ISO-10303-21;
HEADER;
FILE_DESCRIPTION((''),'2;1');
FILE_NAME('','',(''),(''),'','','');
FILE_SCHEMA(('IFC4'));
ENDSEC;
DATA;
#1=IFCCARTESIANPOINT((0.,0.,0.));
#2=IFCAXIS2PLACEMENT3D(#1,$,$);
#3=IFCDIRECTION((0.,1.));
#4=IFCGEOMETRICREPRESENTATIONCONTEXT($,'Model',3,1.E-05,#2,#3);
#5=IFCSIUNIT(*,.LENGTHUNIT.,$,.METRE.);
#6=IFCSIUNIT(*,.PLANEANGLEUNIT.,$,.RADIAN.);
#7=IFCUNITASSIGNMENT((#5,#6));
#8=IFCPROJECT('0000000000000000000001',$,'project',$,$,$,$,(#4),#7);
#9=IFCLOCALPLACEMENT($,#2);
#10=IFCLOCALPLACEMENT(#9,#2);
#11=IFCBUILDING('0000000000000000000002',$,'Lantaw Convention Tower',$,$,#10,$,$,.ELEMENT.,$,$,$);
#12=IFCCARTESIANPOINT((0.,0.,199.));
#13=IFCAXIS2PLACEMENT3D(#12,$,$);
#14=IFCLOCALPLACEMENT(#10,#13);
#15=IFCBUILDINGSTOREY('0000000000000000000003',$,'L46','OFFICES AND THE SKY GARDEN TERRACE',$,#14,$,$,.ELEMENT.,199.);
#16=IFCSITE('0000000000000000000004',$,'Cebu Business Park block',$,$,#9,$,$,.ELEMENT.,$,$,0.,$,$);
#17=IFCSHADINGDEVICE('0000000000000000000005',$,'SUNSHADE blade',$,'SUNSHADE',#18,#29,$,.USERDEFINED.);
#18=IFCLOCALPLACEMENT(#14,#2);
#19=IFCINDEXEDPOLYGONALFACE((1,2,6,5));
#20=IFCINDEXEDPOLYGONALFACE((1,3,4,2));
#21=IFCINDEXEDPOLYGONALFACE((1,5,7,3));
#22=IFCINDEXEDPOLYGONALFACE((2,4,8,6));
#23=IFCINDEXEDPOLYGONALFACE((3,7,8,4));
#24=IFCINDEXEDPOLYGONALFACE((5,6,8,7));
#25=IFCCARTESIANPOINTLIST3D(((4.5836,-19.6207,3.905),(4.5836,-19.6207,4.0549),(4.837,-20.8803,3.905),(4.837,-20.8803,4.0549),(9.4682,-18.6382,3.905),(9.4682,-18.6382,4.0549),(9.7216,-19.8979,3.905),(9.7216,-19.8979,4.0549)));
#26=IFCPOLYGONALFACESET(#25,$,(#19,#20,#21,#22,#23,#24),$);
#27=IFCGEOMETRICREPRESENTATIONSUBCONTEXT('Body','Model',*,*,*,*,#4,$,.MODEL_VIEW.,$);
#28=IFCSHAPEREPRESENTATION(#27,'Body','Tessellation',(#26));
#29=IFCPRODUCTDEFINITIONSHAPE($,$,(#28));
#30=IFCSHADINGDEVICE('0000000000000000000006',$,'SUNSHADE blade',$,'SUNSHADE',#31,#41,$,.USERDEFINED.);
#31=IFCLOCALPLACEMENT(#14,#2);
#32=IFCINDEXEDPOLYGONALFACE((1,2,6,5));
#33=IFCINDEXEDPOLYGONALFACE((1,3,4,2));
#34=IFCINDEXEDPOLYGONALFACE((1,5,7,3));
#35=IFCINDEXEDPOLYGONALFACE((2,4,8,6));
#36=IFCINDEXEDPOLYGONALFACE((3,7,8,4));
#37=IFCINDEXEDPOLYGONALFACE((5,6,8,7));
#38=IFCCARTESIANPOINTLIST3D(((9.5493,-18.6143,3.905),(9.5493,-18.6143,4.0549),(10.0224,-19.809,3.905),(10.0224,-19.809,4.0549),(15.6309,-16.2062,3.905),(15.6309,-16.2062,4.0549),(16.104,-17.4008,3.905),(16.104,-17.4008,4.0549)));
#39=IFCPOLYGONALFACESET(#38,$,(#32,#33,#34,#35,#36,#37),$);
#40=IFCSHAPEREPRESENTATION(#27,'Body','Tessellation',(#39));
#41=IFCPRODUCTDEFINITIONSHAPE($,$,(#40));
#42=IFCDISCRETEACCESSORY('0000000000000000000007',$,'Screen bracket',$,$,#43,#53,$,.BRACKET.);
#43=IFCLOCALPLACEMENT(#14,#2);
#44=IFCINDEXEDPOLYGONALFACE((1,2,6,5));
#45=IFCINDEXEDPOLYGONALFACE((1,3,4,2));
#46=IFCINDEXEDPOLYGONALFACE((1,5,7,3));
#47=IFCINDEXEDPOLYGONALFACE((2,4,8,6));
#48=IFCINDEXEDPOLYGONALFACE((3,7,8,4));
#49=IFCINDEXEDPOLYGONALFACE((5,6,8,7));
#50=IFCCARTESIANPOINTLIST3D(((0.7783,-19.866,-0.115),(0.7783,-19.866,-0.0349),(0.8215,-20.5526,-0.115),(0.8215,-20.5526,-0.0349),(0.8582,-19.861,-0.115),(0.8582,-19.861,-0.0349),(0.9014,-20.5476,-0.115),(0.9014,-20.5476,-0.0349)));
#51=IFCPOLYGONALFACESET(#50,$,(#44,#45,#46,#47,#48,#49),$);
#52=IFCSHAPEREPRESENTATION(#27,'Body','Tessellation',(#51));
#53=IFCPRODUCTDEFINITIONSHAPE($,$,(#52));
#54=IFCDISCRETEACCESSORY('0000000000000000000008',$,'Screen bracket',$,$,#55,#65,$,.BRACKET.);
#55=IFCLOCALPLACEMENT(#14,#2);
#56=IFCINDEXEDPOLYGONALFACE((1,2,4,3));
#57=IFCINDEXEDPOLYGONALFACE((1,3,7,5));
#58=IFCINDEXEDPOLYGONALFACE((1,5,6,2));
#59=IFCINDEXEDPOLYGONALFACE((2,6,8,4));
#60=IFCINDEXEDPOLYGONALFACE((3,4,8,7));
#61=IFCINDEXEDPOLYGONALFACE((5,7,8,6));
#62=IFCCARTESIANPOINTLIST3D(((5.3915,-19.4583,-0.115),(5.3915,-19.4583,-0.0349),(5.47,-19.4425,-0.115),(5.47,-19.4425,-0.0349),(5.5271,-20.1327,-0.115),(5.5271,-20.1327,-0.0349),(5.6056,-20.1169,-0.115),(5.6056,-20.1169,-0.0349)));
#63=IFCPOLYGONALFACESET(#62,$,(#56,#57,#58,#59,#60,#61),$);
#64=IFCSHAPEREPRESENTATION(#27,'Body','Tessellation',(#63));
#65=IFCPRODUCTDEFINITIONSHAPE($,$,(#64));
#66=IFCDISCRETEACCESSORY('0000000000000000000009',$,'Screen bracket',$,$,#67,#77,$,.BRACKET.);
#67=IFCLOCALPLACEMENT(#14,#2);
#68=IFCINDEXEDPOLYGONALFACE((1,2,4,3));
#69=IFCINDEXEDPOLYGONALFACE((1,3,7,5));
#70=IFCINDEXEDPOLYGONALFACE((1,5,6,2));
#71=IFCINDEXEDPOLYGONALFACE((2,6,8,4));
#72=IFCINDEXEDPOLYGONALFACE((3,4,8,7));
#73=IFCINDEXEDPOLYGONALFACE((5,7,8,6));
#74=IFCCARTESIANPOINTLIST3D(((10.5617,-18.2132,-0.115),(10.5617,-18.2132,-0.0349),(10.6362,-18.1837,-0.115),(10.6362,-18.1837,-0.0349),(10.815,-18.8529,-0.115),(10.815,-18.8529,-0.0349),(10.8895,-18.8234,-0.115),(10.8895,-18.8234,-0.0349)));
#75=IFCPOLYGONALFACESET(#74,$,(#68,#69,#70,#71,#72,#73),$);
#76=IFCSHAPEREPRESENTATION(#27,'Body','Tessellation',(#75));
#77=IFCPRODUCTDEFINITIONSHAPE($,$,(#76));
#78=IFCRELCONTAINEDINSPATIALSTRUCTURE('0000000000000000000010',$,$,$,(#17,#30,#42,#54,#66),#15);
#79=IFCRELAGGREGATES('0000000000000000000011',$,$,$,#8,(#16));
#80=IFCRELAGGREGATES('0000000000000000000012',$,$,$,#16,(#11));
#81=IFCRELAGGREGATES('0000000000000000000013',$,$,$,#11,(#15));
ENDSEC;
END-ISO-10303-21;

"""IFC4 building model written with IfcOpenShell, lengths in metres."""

from ifc_helpers import new_model, si_unit, direction, frame, origin, origin_2d, place, context, subcontext, project, spatial, rectangle, extrude, element, save


model = new_model("IFC4")

# Units and contexts
model_context = context("Model", 3, precision=1e-05, world=origin(), true_north=direction((0.0, 1.0)))
body_context = subcontext(model_context, "Body", "Model", "MODEL_VIEW")
ifc_project = project(units=[si_unit("LENGTHUNIT", "METRE"), si_unit("PLANEANGLEUNIT", "RADIAN")], contexts=[model_context])

# Site, building, storey
site_placement = place(None, origin())
site = spatial("IfcSite", under=ifc_project, at=site_placement, Name="Cebu Business Park block", CompositionType="ELEMENT", RefElevation=0.0)
building_placement = place(site_placement, origin())
building = spatial("IfcBuilding", under=site, at=building_placement, Name="Lantaw Convention Tower", CompositionType="ELEMENT")
storey_placement = place(building_placement, frame((0.0, 0.0, 199.0)))
storey = spatial("IfcBuildingStorey", under=building, at=storey_placement, Name="L46", Description="OFFICES AND THE SKY GARDEN TERRACE", CompositionType="ELEMENT", Elevation=199.0)

# Shading devices
shading_device_1_placement = place(storey_placement, frame((7.1526, -19.7593, 3.905), z_axis=(0.0, 0.0, 1.0), x_axis=(0.980367, 0.197183, 0.0)))
element("IfcShadingDevice", 1, at=shading_device_1_placement, inside=storey, Name="SUNSHADE blade", ObjectType="SUNSHADE", PredefinedType="USERDEFINED", context=body_context, shape_type="SweptSolid", body=[
    extrude(rectangle(XDim=4.9824, YDim=1.2849, at=origin_2d()), origin(), (0.0, 0.0, 1.0), 0.1499),
])
shading_device_2_placement = place(storey_placement, frame((12.8267, -18.0076, 3.905), z_axis=(0.0, 0.0, 1.0), x_axis=(0.929762, 0.368162, 0.0)))
element("IfcShadingDevice", 2, at=shading_device_2_placement, inside=storey, Name="SUNSHADE blade", ObjectType="SUNSHADE", PredefinedType="USERDEFINED", context=body_context, shape_type="SweptSolid", body=[
    extrude(rectangle(XDim=6.541, YDim=1.2849, at=origin_2d()), origin(), (0.0, 0.0, 1.0), 0.1499),
])

# Discrete accessories
for number, where, z_axis, x_axis, name in (
    (3, (0.8398, -20.2068, -0.115), (0.0, 0.0, 1.0), (0.998029, 0.062758, 0.0), "Screen bracket"),
    (4, (5.4985, -19.7876, -0.115), (0.0, 0.0, 1.0), (0.980367, 0.197183, 0.0), "Screen bracket"),
    (5, (10.7256, -18.5183, -0.115), (0.0, 0.0, 1.0), (0.929762, 0.368162, 0.0), "Screen bracket"),
):
    element("IfcDiscreteAccessory", number, at=place(storey_placement, frame(where, z_axis=z_axis, x_axis=x_axis)), inside=storey, Name=name, PredefinedType="BRACKET", context=body_context, shape_type="SweptSolid", body=[
        extrude(rectangle(XDim=0.0801, YDim=0.688, at=origin_2d()), origin(), (0.0, 0.0, 1.0), 0.0801),
    ])

save(model, "model.ifc")
